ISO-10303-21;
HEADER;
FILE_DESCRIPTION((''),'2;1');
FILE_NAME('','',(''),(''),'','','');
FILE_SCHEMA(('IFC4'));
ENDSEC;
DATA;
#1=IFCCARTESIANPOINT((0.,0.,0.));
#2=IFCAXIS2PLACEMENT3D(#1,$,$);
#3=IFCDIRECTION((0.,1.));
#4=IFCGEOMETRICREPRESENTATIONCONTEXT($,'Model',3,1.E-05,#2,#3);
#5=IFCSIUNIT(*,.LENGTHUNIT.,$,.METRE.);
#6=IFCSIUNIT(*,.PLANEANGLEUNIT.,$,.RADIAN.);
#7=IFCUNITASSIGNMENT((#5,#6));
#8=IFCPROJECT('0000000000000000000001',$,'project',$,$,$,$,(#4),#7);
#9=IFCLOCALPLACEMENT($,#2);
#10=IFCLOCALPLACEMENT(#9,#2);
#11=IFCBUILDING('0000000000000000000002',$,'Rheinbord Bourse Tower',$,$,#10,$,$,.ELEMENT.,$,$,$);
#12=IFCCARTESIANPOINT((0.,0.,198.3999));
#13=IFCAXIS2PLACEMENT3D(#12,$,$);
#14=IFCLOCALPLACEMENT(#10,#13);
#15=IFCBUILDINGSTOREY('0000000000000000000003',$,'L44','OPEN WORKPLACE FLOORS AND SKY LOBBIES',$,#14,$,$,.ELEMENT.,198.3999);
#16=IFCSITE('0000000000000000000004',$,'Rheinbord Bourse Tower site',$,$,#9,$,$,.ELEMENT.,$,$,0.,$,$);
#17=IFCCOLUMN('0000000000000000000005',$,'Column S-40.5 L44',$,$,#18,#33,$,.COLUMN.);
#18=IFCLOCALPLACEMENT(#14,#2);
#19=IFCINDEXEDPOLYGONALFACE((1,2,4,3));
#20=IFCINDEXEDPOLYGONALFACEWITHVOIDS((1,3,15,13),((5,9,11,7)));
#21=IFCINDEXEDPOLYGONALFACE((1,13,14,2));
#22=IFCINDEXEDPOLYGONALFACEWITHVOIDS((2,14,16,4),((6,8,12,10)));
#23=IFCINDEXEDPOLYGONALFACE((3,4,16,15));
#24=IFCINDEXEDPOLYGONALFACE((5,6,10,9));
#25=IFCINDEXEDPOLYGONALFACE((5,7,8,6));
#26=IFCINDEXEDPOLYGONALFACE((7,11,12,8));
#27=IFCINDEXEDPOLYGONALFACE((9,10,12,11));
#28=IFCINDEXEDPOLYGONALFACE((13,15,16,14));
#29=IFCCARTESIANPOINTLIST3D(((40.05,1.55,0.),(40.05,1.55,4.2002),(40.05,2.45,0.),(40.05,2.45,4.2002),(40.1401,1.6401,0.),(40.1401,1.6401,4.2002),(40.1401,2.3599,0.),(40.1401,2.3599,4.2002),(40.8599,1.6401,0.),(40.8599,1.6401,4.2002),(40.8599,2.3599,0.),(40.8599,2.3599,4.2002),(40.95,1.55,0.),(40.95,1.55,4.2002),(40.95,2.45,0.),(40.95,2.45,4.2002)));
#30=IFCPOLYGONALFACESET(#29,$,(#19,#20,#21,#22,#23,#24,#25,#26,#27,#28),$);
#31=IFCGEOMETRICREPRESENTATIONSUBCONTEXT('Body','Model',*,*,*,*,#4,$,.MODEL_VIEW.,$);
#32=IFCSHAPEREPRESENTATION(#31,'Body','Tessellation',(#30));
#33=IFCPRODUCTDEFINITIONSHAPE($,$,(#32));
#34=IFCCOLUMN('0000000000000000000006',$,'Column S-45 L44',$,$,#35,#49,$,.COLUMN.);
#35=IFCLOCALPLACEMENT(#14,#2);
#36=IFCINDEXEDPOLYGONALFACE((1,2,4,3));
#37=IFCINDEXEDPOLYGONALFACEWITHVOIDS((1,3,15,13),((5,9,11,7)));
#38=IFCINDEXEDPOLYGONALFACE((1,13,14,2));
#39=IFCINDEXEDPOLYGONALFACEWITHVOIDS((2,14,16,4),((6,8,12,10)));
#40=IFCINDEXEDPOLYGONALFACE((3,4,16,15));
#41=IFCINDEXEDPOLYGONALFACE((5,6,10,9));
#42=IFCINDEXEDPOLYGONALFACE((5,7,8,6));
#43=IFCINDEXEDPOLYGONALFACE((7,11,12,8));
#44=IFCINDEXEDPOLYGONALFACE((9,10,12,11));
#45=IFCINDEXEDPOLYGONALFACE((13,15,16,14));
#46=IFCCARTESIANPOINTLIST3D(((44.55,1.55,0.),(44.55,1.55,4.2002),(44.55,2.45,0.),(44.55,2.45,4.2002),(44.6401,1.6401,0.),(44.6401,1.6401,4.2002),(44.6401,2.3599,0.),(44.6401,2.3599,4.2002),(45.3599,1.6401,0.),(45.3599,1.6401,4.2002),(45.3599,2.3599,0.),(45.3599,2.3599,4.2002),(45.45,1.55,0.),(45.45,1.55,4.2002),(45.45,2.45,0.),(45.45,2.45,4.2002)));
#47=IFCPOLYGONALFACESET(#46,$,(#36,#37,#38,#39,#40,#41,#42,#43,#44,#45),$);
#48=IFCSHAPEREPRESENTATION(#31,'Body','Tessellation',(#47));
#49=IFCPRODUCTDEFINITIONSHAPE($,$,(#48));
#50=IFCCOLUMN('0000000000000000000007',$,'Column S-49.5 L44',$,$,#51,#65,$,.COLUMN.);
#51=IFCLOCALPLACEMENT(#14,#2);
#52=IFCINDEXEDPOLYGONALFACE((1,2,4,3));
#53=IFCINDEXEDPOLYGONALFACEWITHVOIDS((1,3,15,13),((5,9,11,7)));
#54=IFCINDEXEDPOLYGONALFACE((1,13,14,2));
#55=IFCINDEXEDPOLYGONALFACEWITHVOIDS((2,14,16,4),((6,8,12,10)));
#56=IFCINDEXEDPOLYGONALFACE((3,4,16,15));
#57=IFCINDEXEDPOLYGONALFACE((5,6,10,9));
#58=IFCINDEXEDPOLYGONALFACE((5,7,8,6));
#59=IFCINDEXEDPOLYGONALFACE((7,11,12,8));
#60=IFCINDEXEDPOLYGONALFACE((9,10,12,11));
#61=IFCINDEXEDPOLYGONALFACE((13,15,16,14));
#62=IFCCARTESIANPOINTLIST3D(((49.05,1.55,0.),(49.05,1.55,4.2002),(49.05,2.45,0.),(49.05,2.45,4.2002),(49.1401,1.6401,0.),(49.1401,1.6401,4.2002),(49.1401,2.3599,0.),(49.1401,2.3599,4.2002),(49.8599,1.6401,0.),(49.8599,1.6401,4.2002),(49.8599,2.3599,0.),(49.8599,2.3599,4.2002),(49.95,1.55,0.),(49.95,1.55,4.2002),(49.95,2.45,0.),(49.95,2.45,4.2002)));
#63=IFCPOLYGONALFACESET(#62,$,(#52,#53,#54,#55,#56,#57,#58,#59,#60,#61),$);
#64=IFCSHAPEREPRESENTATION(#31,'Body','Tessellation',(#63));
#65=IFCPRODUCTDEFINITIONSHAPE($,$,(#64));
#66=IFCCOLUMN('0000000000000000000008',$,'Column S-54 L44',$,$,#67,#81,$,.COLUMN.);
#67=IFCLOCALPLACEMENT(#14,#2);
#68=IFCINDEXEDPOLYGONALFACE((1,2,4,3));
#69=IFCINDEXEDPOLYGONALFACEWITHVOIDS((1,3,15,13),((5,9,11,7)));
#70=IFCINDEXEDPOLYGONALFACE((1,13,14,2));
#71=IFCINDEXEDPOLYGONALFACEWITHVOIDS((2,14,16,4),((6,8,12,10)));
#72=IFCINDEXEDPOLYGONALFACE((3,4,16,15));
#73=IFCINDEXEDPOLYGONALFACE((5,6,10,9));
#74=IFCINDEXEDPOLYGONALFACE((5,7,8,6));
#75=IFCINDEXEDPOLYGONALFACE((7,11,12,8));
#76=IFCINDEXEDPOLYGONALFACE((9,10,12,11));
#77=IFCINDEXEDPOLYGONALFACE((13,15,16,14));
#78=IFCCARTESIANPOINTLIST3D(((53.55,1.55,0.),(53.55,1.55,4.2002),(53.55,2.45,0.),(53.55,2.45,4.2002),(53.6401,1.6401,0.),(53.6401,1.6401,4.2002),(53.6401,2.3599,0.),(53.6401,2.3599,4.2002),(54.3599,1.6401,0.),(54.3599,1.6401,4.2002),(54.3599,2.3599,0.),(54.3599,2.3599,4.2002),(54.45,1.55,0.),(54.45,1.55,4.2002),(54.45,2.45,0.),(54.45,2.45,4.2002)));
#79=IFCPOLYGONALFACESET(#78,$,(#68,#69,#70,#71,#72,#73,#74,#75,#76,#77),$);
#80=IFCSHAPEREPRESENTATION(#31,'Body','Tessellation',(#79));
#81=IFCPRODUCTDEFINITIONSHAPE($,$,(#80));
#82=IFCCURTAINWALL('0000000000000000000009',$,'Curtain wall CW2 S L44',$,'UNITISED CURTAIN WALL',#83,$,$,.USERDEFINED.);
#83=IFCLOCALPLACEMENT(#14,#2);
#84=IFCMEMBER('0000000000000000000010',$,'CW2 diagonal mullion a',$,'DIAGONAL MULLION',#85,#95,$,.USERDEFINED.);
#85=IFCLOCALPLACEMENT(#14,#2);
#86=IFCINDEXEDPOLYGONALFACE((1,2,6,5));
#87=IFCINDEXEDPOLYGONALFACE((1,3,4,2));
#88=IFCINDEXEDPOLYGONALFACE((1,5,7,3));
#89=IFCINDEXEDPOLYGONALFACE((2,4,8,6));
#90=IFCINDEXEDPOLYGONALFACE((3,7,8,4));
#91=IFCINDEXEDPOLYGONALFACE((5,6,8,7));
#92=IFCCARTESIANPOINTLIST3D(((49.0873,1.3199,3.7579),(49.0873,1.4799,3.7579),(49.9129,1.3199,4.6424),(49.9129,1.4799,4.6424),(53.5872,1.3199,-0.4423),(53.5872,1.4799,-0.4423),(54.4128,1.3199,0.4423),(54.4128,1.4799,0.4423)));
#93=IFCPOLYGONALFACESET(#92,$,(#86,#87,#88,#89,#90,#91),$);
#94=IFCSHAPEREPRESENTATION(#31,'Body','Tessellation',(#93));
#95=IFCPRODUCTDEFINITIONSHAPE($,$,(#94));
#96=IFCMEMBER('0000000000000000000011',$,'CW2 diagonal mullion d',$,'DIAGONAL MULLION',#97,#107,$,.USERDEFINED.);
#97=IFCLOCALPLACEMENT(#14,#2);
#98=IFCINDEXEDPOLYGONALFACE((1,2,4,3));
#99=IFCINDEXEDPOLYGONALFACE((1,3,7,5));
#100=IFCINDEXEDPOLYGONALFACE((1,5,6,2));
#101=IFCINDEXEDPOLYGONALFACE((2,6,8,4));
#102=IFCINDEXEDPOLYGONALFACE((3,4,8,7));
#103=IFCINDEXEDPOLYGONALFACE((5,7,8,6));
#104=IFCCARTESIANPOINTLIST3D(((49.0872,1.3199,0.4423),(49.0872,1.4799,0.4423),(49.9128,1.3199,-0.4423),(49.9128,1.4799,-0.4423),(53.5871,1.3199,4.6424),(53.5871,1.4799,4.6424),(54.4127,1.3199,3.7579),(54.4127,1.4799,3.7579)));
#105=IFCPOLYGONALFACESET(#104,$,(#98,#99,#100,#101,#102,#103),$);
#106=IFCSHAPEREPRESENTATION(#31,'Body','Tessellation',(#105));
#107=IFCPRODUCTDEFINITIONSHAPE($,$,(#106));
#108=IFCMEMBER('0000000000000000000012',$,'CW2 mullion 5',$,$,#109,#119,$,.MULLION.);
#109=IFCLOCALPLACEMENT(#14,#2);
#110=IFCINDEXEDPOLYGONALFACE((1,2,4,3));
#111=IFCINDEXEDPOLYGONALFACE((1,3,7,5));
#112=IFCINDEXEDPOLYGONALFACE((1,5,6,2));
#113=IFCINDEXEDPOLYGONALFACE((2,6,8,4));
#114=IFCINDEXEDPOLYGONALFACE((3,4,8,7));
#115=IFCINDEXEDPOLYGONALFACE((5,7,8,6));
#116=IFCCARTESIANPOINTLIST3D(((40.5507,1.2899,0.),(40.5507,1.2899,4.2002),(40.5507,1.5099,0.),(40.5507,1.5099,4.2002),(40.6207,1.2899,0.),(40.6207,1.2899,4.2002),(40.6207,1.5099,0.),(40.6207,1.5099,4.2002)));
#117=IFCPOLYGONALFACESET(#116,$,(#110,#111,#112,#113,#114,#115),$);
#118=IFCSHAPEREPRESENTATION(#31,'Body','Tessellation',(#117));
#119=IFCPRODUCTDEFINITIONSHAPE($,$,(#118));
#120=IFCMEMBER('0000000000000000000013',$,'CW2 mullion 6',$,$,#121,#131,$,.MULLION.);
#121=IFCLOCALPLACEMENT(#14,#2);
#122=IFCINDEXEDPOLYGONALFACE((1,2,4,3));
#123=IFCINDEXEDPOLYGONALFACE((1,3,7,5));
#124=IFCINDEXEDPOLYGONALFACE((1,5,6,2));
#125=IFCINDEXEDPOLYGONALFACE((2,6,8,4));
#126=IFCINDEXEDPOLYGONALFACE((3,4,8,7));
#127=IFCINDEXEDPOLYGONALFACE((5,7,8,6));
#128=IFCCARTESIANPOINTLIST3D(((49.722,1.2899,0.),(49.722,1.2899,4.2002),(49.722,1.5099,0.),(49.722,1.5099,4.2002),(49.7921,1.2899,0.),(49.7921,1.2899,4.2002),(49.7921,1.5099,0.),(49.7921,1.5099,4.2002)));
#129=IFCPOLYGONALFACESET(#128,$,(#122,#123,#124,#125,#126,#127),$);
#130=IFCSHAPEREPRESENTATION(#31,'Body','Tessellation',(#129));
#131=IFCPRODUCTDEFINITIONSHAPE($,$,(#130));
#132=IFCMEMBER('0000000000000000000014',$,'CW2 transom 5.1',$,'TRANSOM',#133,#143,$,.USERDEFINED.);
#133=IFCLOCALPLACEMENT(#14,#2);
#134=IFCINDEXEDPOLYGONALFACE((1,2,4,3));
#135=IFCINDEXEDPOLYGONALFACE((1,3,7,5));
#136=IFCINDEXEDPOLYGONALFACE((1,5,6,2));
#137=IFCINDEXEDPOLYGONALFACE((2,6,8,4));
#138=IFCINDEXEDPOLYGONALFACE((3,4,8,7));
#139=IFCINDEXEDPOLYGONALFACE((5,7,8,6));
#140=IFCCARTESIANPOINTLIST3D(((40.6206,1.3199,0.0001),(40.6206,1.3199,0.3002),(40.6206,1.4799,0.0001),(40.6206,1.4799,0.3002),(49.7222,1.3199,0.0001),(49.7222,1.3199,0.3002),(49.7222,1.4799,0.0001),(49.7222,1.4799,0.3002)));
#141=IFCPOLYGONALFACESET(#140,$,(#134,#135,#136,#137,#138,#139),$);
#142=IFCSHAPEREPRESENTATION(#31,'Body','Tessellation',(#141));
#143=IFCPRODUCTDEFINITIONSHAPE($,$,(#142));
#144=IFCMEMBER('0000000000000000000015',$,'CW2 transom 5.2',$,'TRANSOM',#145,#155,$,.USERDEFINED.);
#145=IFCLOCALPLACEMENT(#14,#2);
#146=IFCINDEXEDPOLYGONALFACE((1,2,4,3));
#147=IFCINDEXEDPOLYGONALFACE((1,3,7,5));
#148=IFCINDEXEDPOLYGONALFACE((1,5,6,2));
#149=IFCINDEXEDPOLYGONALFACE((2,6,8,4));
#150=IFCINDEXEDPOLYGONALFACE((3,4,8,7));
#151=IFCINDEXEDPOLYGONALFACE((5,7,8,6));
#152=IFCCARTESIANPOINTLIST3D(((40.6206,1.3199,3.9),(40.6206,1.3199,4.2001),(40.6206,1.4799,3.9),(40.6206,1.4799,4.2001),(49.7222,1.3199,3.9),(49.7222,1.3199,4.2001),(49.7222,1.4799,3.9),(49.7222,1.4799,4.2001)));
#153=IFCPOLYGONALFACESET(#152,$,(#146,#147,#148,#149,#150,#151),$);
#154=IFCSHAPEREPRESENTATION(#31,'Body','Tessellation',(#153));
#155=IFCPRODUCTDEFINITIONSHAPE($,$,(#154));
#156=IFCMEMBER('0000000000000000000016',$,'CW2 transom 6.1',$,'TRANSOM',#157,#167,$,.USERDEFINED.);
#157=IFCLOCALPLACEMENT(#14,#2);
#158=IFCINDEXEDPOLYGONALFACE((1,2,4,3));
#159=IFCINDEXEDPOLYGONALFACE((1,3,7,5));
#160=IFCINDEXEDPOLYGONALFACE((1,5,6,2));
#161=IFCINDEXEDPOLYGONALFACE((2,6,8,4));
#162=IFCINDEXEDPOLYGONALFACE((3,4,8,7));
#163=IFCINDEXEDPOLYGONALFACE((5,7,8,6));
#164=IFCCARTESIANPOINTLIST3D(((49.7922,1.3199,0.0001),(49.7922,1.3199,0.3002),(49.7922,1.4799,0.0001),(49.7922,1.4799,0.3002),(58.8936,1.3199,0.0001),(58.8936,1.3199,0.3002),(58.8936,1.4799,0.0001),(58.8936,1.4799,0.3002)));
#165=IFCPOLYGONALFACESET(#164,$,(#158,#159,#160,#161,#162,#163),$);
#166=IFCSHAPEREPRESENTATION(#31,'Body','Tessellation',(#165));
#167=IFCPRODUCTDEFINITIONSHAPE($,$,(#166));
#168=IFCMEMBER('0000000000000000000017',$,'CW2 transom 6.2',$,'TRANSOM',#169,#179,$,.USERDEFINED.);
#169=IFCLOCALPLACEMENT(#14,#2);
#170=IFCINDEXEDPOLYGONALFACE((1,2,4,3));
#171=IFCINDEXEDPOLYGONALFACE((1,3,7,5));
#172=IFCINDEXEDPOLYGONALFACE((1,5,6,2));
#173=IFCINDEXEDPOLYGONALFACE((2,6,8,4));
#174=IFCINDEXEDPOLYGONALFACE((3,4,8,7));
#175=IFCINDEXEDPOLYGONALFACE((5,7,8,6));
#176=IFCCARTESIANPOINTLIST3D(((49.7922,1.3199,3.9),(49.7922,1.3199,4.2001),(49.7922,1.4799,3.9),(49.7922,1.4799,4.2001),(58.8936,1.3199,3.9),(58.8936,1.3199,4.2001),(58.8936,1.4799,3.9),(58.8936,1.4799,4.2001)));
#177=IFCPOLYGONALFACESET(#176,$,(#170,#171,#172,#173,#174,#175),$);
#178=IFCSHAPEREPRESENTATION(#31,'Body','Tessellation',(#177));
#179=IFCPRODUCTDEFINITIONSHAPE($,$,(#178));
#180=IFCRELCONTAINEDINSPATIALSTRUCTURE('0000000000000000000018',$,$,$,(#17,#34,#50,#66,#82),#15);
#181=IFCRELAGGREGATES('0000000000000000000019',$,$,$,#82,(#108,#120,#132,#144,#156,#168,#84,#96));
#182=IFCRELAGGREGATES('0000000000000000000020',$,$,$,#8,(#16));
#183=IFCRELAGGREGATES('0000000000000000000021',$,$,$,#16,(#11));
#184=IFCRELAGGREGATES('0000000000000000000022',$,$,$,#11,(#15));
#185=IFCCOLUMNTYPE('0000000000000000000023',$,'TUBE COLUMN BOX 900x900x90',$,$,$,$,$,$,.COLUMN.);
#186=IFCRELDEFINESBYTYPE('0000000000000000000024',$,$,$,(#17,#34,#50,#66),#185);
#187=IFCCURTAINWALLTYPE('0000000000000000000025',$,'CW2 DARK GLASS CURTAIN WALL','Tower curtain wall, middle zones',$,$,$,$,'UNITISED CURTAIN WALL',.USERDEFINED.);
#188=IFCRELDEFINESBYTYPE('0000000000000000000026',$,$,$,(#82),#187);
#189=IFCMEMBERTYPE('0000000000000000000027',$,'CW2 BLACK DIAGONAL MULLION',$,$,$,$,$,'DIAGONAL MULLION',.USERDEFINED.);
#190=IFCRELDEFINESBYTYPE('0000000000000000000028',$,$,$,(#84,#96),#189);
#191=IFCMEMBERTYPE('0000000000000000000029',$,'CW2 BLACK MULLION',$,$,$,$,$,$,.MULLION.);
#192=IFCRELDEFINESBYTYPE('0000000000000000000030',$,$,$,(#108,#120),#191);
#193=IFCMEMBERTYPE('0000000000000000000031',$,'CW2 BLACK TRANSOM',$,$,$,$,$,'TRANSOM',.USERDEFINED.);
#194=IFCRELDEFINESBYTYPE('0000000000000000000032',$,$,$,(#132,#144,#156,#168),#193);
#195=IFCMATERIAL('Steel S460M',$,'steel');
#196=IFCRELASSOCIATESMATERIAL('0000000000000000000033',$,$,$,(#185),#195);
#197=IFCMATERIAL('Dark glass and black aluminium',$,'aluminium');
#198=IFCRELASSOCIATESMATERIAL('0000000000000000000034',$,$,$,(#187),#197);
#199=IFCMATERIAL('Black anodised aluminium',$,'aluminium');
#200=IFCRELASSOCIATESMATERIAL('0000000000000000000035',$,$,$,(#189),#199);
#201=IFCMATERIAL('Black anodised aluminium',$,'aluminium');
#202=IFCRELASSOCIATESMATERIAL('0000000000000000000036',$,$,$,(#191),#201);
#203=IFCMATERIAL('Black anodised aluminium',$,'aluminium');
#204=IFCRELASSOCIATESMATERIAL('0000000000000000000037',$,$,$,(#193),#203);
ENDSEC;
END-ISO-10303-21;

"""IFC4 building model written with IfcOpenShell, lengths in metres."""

from ifc_helpers import new_model, si_unit, direction, frame, origin, origin_2d, place, context, subcontext, project, spatial, rectangle, hollow_rectangle, extrude, material, material_profile, profile_set, type_object, element, aggregate, save


model = new_model("IFC4")

# Units and contexts
model_context = context("Model", 3, precision=1e-05, world=origin(), true_north=direction((0.0, 1.0)))
body_context = subcontext(model_context, "Body", "Model", "MODEL_VIEW")
ifc_project = project(units=[si_unit("LENGTHUNIT", "METRE"), si_unit("PLANEANGLEUNIT", "RADIAN")], contexts=[model_context])

# Site, building, storey
site_placement = place(None, origin())
site = spatial("IfcSite", under=ifc_project, at=site_placement, Name="Rheinbord Bourse Tower site", CompositionType="ELEMENT", RefElevation=0.0)
building_placement = place(site_placement, origin())
building = spatial("IfcBuilding", under=site, at=building_placement, Name="Rheinbord Bourse Tower", CompositionType="ELEMENT")
storey_placement = place(building_placement, frame((0.0, 0.0, 198.3999)))
storey = spatial("IfcBuildingStorey", under=building, at=storey_placement, Name="L44", Description="OPEN WORKPLACE FLOORS AND SKY LOBBIES", CompositionType="ELEMENT", Elevation=198.3999)

# Columns
ifc_material_1 = material(Name="Steel S460M", Category="steel")
ifc_material_profile_1 = material_profile(ifc_material_1, hollow_rectangle(XDim=0.8999, YDim=0.8999, WallThickness=0.0901, at=origin_2d()), Name="BOX 900x900x90")
ifc_profile_set_1 = profile_set([ifc_material_profile_1], Name="Steel S460M")
column_type = type_object("IfcColumnType", Name="TUBE COLUMN BOX 900x900x90", PredefinedType="COLUMN", material=ifc_profile_set_1)
for number, where, z_axis, x_axis, name in (
    (1, (40.5, 2.0, 0.0), (0.0, 0.0, 1.0), (0.0, 1.0, 0.0), "Column S-40.5 L44"),
    (2, (45.0, 2.0, 0.0), (0.0, 0.0, 1.0), (0.0, 1.0, 0.0), "Column S-45 L44"),
    (3, (49.5, 2.0, 0.0), (0.0, 0.0, 1.0), (0.0, 1.0, 0.0), "Column S-49.5 L44"),
    (4, (54.0, 2.0, 0.0), (0.0, 0.0, 1.0), (0.0, 1.0, 0.0), "Column S-54 L44"),
):
    element("IfcColumn", number, at=place(storey_placement, frame(where, z_axis=z_axis, x_axis=x_axis)), inside=storey, type_object=column_type, Name=name, PredefinedType="COLUMN", context=body_context, shape_type="SweptSolid", body=[
        extrude(hollow_rectangle(XDim=0.8999, YDim=0.8999, WallThickness=0.0901, at=origin_2d()), origin(), (0.0, 0.0, 1.0), 4.2002),
    ])

# Curtain wall, members
ifc_material_2 = material(Name="Dark glass and black aluminium", Category="aluminium")
curtain_wall_type = type_object("IfcCurtainWallType", Name="CW2 DARK GLASS CURTAIN WALL", Description="Tower curtain wall, middle zones", ElementType="UNITISED CURTAIN WALL", PredefinedType="USERDEFINED", material=ifc_material_2)
curtain_wall_placement = place(storey_placement, origin())
curtain_wall = element("IfcCurtainWall", 5, at=curtain_wall_placement, inside=storey, type_object=curtain_wall_type, Name="Curtain wall CW2 S L44", ObjectType="UNITISED CURTAIN WALL", PredefinedType="USERDEFINED")
ifc_material_3 = material(Name="Black anodised aluminium", Category="aluminium")
ifc_material_profile_2 = material_profile(ifc_material_3, rectangle(XDim=0.1599, YDim=1.21, at=origin_2d()), Name="CW2 DIAGONAL MULLION 1210x160")
ifc_profile_set_2 = profile_set([ifc_material_profile_2], Name="Black anodised aluminium")
member_type_1 = type_object("IfcMemberType", Name="CW2 BLACK DIAGONAL MULLION", ElementType="DIAGONAL MULLION", PredefinedType="USERDEFINED", material=ifc_profile_set_2)
member_1_placement = place(storey_placement, frame((54.0, 1.3999, 0.0), z_axis=(-0.731039, 0.0, 0.682335), x_axis=(0.0, -1.0, 0.0)))
member_1 = element("IfcMember", 6, at=member_1_placement, type_object=member_type_1, Name="CW2 diagonal mullion a", ObjectType="DIAGONAL MULLION", PredefinedType="USERDEFINED", context=body_context, shape_type="SweptSolid", body=[
    extrude(rectangle(XDim=0.1599, YDim=1.21, at=origin_2d()), origin(), (0.0, 0.0, 1.0), 6.1555),
])
member_2_placement = place(storey_placement, frame((49.5, 1.3999, 0.0), z_axis=(0.731039, 0.0, 0.682335), x_axis=(0.0, 1.0, 0.0)))
member_2 = element("IfcMember", 7, at=member_2_placement, type_object=member_type_1, Name="CW2 diagonal mullion d", ObjectType="DIAGONAL MULLION", PredefinedType="USERDEFINED", context=body_context, shape_type="SweptSolid", body=[
    extrude(rectangle(XDim=0.1599, YDim=1.21, at=origin_2d()), origin(), (0.0, 0.0, 1.0), 6.1555),
])
ifc_material_4 = material(Name="Black anodised aluminium", Category="aluminium")
ifc_material_profile_3 = material_profile(ifc_material_4, rectangle(XDim=0.22, YDim=0.0701, at=origin_2d()), Name="CW2 MULLION 70x220")
ifc_profile_set_3 = profile_set([ifc_material_profile_3], Name="Black anodised aluminium")
member_type_2 = type_object("IfcMemberType", Name="CW2 BLACK MULLION", PredefinedType="MULLION", material=ifc_profile_set_3)
member_3_placement = place(storey_placement, frame((40.5857, 1.3999, 0.0), z_axis=(0.0, 0.0, 1.0), x_axis=(0.0, 1.0, 0.0)))
member_3 = element("IfcMember", 8, at=member_3_placement, type_object=member_type_2, Name="CW2 mullion 5", PredefinedType="MULLION", context=body_context, shape_type="SweptSolid", body=[
    extrude(rectangle(XDim=0.22, YDim=0.0701, at=origin_2d()), origin(), (0.0, 0.0, 1.0), 4.2002),
])
member_4_placement = place(storey_placement, frame((49.7571, 1.3999, 0.0), z_axis=(0.0, 0.0, 1.0), x_axis=(0.0, 1.0, 0.0)))
member_4 = element("IfcMember", 9, at=member_4_placement, type_object=member_type_2, Name="CW2 mullion 6", PredefinedType="MULLION", context=body_context, shape_type="SweptSolid", body=[
    extrude(rectangle(XDim=0.22, YDim=0.0701, at=origin_2d()), origin(), (0.0, 0.0, 1.0), 4.2002),
])
ifc_material_5 = material(Name="Black anodised aluminium", Category="aluminium")
ifc_material_profile_4 = material_profile(ifc_material_5, rectangle(XDim=0.1599, YDim=0.3, at=origin_2d()), Name="CW2 TRANSOM 300x160")
ifc_profile_set_4 = profile_set([ifc_material_profile_4], Name="Black anodised aluminium")
member_type_3 = type_object("IfcMemberType", Name="CW2 BLACK TRANSOM", ElementType="TRANSOM", PredefinedType="USERDEFINED", material=ifc_profile_set_4)
member_5_placement = place(storey_placement, frame((40.6206, 1.3999, 0.1501), z_axis=(1.0, 0.0, 0.0), x_axis=(0.0, 1.0, 0.0)))
member_5 = element("IfcMember", 10, at=member_5_placement, type_object=member_type_3, Name="CW2 transom 5.1", ObjectType="TRANSOM", PredefinedType="USERDEFINED", context=body_context, shape_type="SweptSolid", body=[
    extrude(rectangle(XDim=0.1599, YDim=0.3, at=origin_2d()), origin(), (0.0, 0.0, 1.0), 9.1016),
])
member_6_placement = place(storey_placement, frame((40.6206, 1.3999, 4.05), z_axis=(1.0, 0.0, 0.0), x_axis=(0.0, 1.0, 0.0)))
member_6 = element("IfcMember", 11, at=member_6_placement, type_object=member_type_3, Name="CW2 transom 5.2", ObjectType="TRANSOM", PredefinedType="USERDEFINED", context=body_context, shape_type="SweptSolid", body=[
    extrude(rectangle(XDim=0.1599, YDim=0.3, at=origin_2d()), origin(), (0.0, 0.0, 1.0), 9.1016),
])
member_7_placement = place(storey_placement, frame((49.7922, 1.3999, 0.1501), z_axis=(1.0, 0.0, 0.0), x_axis=(0.0, 1.0, 0.0)))
member_7 = element("IfcMember", 12, at=member_7_placement, type_object=member_type_3, Name="CW2 transom 6.1", ObjectType="TRANSOM", PredefinedType="USERDEFINED", context=body_context, shape_type="SweptSolid", body=[
    extrude(rectangle(XDim=0.1599, YDim=0.3, at=origin_2d()), origin(), (0.0, 0.0, 1.0), 9.1013),
])
member_8_placement = place(storey_placement, frame((49.7922, 1.3999, 4.05), z_axis=(1.0, 0.0, 0.0), x_axis=(0.0, 1.0, 0.0)))
member_8 = element("IfcMember", 13, at=member_8_placement, type_object=member_type_3, Name="CW2 transom 6.2", ObjectType="TRANSOM", PredefinedType="USERDEFINED", context=body_context, shape_type="SweptSolid", body=[
    extrude(rectangle(XDim=0.1599, YDim=0.3, at=origin_2d()), origin(), (0.0, 0.0, 1.0), 9.1013),
])

aggregate(curtain_wall, [member_3, member_4, member_5, member_6, member_7, member_8, member_1, member_2])

save(model, "model.ifc")
